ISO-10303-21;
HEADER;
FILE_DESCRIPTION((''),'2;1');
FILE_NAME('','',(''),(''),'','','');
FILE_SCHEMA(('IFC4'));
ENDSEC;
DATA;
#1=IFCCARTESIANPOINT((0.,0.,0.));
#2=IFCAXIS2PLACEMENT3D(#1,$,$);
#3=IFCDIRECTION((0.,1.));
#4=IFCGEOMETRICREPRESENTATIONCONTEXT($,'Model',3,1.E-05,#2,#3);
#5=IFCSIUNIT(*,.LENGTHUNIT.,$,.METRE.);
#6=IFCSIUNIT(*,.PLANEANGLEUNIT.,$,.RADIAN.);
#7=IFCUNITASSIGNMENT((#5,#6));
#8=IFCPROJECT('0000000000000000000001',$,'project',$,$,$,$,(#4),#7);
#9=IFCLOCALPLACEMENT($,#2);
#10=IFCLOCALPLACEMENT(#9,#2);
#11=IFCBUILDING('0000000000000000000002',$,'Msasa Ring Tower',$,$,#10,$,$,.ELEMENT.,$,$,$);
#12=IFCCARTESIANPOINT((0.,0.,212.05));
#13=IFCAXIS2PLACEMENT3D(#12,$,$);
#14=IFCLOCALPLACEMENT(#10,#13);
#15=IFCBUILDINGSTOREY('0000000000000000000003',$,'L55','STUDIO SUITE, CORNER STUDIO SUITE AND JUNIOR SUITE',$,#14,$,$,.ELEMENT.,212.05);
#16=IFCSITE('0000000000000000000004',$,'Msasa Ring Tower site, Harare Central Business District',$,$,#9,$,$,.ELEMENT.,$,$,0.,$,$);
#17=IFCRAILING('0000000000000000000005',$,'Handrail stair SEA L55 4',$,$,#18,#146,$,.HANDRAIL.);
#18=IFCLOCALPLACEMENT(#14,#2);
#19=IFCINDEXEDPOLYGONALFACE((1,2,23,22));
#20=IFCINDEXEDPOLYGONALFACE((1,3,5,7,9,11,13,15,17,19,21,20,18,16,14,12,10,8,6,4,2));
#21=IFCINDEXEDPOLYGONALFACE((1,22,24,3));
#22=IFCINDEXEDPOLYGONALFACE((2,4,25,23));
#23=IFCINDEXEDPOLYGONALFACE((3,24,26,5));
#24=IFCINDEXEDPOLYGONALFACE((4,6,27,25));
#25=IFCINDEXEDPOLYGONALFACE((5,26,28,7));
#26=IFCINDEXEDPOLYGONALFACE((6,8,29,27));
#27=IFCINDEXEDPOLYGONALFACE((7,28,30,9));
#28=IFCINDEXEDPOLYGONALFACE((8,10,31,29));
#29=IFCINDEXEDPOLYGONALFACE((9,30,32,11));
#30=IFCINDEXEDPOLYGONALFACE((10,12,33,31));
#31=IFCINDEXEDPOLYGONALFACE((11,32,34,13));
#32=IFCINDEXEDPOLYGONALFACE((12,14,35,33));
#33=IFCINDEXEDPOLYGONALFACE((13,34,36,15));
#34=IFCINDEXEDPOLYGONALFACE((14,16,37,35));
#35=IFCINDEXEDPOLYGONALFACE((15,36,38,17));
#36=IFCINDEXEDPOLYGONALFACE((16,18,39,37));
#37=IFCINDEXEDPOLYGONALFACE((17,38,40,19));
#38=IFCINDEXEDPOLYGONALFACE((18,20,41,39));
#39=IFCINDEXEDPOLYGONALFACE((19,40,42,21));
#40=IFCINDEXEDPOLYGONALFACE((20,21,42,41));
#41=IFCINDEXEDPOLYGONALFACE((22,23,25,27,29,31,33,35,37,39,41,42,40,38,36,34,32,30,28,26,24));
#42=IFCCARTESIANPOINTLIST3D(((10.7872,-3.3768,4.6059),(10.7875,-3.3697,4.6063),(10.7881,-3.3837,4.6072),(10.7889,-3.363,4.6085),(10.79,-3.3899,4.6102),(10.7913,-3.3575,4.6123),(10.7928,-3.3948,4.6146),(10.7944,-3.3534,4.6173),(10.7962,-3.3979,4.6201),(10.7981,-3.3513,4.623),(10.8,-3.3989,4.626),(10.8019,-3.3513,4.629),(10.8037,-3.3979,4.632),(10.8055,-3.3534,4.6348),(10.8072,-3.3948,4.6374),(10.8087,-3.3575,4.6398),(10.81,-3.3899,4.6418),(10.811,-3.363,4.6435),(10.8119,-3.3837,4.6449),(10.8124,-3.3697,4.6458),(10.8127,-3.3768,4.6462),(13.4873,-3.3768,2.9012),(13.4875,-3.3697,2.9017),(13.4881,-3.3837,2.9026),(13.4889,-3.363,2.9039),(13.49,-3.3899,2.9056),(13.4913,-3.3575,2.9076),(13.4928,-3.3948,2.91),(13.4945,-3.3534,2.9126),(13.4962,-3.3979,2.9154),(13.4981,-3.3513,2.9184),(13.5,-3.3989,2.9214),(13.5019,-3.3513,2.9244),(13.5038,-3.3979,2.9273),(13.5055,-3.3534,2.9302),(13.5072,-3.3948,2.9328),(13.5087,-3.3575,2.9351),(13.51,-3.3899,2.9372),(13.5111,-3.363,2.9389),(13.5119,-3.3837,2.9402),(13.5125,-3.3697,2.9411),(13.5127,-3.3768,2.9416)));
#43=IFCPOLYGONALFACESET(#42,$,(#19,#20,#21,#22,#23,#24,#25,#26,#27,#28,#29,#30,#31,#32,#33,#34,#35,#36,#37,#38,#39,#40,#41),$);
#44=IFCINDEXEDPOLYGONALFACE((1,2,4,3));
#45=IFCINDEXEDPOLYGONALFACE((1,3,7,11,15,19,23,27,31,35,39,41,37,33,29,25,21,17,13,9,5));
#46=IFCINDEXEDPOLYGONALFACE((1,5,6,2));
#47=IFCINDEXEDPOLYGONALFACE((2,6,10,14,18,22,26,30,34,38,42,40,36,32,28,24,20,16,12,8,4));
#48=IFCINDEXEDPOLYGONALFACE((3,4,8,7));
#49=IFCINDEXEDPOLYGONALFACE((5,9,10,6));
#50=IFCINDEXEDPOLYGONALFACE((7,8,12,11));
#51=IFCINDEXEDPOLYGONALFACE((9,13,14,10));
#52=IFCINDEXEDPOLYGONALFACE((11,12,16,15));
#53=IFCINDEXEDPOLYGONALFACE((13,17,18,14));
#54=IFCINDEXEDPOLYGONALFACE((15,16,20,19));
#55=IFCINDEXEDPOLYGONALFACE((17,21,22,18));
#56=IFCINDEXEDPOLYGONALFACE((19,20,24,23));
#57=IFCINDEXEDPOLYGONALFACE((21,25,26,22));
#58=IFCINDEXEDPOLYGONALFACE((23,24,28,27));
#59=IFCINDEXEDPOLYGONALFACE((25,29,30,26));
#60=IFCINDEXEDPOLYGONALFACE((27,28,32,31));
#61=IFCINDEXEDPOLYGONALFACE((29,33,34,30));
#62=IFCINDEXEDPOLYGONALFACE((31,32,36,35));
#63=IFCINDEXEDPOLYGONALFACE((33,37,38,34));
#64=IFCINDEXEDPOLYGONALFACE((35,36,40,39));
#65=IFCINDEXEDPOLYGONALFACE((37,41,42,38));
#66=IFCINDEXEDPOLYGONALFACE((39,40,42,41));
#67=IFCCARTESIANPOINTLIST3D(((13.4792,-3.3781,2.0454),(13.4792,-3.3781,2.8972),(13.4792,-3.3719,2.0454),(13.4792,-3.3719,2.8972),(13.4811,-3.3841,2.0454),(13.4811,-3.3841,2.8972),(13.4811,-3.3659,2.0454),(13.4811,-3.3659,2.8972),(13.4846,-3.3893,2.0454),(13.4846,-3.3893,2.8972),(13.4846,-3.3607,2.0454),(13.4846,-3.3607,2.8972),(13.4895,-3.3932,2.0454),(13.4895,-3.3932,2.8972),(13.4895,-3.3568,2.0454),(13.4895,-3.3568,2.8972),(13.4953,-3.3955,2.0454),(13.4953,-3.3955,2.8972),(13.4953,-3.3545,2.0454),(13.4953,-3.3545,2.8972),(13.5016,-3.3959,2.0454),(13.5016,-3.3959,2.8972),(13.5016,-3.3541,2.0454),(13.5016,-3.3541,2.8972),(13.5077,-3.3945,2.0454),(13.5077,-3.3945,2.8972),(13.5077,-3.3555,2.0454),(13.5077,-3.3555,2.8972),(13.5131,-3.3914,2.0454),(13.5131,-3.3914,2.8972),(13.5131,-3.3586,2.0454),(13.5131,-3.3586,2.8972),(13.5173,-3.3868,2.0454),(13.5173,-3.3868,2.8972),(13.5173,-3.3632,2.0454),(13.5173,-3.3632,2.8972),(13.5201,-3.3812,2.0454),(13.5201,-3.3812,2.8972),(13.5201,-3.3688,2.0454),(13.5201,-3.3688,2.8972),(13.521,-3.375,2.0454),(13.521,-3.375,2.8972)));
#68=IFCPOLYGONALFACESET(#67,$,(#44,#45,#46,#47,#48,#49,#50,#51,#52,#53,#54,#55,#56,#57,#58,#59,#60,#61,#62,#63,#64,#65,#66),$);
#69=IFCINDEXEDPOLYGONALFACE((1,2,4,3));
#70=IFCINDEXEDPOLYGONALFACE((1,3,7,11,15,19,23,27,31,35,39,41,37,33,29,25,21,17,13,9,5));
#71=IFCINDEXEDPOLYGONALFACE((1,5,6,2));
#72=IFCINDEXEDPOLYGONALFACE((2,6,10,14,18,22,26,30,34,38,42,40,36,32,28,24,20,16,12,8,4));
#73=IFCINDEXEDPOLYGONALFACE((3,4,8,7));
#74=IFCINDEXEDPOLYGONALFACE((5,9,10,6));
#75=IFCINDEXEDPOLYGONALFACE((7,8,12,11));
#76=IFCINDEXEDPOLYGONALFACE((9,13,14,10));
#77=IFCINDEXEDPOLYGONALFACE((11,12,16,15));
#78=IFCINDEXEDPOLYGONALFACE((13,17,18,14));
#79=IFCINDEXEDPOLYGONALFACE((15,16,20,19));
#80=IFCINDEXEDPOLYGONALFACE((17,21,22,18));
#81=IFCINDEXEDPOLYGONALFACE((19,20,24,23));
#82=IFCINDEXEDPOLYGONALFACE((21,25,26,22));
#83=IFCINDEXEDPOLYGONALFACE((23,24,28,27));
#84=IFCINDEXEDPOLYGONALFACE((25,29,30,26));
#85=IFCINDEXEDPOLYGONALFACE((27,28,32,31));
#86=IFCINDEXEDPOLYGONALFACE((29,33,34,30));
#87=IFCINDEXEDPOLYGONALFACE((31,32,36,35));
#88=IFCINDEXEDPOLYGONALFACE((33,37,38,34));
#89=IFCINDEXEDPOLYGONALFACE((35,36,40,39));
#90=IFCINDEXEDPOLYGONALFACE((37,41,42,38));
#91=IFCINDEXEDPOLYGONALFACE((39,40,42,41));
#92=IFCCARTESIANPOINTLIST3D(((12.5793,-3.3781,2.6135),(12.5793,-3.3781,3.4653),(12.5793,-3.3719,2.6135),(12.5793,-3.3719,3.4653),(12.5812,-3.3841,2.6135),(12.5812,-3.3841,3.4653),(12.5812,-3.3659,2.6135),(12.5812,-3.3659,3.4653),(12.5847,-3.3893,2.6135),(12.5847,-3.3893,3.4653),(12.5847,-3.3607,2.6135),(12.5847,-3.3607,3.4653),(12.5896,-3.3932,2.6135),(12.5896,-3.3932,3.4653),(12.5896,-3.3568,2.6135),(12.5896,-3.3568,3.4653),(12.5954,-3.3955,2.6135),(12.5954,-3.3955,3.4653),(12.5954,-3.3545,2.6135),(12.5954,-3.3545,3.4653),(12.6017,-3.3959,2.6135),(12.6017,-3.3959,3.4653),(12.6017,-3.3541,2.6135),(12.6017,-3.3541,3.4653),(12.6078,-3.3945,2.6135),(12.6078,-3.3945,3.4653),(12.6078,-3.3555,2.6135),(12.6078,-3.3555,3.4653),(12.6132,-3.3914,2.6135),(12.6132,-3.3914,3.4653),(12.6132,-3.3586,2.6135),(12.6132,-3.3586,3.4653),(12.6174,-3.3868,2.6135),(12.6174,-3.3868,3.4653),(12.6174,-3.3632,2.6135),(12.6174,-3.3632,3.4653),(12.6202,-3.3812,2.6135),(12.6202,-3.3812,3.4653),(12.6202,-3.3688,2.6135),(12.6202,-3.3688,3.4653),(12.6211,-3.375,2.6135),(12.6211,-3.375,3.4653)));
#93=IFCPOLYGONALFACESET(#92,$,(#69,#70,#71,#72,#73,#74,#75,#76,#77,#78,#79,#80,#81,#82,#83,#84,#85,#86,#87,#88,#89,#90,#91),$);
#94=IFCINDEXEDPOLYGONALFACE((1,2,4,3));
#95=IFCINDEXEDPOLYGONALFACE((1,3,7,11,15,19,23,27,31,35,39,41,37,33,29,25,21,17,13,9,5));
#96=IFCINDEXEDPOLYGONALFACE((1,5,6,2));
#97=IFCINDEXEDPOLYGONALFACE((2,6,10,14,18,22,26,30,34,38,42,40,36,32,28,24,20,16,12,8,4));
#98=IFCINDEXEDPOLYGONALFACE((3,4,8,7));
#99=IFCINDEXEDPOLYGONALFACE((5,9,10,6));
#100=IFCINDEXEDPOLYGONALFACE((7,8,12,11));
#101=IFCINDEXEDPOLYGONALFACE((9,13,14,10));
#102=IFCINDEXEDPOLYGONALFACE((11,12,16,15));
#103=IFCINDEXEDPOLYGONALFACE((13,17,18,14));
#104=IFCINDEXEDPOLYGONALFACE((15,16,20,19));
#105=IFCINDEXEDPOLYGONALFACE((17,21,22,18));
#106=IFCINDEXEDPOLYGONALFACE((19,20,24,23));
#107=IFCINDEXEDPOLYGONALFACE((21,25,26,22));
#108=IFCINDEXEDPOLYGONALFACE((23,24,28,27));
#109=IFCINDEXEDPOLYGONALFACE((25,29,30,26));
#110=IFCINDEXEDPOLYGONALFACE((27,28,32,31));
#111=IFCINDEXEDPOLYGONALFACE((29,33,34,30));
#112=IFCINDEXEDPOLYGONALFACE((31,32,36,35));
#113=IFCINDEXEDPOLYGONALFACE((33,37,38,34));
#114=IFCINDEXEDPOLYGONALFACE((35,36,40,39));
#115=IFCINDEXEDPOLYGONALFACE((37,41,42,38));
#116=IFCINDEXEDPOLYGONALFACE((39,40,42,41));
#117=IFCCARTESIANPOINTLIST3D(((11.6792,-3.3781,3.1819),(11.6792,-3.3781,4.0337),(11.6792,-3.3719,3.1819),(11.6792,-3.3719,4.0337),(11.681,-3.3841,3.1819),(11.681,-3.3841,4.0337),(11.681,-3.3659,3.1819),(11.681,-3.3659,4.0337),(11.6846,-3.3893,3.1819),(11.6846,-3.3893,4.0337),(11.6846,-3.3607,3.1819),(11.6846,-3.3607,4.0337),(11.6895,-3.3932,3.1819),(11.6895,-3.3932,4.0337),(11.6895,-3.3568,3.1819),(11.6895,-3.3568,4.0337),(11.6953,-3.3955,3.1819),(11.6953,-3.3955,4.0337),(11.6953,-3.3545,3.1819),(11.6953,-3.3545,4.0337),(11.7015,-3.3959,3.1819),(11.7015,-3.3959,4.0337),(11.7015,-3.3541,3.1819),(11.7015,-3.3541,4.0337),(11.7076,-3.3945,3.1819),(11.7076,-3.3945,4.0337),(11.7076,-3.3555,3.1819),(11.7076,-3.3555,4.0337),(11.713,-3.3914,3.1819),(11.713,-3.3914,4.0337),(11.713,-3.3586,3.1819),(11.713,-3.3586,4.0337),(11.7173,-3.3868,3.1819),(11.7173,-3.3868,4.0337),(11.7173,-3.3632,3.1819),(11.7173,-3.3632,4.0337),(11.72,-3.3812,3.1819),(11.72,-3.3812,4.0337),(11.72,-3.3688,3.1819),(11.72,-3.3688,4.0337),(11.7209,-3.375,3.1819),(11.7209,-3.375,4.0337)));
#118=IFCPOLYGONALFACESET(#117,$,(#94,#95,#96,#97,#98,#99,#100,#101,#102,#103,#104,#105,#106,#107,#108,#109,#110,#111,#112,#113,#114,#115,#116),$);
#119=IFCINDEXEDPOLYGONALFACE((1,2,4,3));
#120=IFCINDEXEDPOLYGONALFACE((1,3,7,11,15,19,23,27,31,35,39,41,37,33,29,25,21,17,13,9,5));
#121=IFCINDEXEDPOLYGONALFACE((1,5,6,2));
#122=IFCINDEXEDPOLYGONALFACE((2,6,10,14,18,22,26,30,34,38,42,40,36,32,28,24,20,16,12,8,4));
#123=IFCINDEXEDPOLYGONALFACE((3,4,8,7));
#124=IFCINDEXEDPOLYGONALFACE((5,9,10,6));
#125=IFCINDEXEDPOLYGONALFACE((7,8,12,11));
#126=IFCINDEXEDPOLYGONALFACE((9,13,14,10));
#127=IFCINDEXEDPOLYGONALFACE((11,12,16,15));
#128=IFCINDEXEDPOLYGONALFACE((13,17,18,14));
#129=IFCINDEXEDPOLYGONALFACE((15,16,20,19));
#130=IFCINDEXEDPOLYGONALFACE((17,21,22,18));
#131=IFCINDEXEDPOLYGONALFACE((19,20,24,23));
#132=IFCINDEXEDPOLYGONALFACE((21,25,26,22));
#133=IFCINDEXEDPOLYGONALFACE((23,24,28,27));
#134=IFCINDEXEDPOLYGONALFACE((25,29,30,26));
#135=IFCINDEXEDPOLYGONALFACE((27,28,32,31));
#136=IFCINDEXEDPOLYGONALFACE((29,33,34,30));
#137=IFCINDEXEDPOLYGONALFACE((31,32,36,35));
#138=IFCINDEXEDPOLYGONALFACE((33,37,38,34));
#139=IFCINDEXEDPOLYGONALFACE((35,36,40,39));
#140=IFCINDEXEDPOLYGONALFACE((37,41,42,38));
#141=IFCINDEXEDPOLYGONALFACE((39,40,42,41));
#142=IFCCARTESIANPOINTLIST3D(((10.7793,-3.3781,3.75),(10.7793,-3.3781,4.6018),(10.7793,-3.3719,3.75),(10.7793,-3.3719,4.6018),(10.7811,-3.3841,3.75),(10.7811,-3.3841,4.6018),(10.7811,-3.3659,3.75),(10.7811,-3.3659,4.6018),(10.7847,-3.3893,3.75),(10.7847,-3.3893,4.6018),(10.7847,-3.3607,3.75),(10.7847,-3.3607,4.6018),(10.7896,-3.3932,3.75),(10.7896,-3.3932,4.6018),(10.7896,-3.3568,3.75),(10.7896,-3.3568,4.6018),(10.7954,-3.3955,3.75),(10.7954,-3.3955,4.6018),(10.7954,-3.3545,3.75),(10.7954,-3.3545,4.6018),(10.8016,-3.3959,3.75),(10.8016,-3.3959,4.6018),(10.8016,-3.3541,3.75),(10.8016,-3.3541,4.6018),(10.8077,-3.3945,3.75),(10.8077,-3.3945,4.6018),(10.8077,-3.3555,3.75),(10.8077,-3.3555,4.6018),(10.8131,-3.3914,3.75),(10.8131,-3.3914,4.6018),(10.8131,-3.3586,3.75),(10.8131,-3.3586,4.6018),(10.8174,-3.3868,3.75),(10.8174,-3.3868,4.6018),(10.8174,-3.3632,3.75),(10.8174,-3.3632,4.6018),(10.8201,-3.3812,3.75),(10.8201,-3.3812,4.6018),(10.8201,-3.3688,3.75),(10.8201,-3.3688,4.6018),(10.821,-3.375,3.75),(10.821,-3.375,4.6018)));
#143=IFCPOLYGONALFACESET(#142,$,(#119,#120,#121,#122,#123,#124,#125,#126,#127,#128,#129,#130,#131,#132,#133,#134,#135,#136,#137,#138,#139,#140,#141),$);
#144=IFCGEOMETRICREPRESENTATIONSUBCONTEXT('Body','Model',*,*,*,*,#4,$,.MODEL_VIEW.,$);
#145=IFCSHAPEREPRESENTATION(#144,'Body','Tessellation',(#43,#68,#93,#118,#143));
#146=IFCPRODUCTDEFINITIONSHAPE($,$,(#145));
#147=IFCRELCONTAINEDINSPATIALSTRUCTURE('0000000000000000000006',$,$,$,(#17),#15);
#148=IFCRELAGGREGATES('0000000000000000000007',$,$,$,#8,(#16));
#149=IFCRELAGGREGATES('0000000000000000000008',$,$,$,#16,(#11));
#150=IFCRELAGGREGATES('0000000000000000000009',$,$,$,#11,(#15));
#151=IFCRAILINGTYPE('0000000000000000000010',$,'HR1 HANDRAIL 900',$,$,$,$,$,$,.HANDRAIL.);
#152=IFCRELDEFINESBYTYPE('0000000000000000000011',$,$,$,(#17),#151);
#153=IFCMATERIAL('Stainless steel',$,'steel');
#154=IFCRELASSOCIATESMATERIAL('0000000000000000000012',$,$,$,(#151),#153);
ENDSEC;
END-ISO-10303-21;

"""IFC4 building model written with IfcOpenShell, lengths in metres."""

from ifc_helpers import new_model, si_unit, direction, frame, origin, origin_2d, place, context, subcontext, project, spatial, circle, extrude, material, type_object, element, save


model = new_model("IFC4")

# Units and contexts
model_context = context("Model", 3, precision=1e-05, world=origin(), true_north=direction((0.0, 1.0)))
body_context = subcontext(model_context, "Body", "Model", "MODEL_VIEW")
ifc_project = project(units=[si_unit("LENGTHUNIT", "METRE"), si_unit("PLANEANGLEUNIT", "RADIAN")], contexts=[model_context])

# Site, building, storey
site_placement = place(None, origin())
site = spatial("IfcSite", under=ifc_project, at=site_placement, Name="Msasa Ring Tower site, Harare Central Business District", CompositionType="ELEMENT", RefElevation=0.0)
building_placement = place(site_placement, origin())
building = spatial("IfcBuilding", under=site, at=building_placement, Name="Msasa Ring Tower", CompositionType="ELEMENT")
storey_placement = place(building_placement, frame((0.0, 0.0, 212.05)))
storey = spatial("IfcBuildingStorey", under=building, at=storey_placement, Name="L55", Description="STUDIO SUITE, CORNER STUDIO SUITE AND JUNIOR SUITE", CompositionType="ELEMENT", Elevation=212.05)

# Railing
ifc_material_1 = material(Name="Stainless steel", Category="steel")
railing_type = type_object("IfcRailingType", Name="HR1 HANDRAIL 900", PredefinedType="HANDRAIL", material=ifc_material_1)
for number, where, name in (
    (1, (13.5, -3.375, 2.0454), "Handrail stair SEA L55 4"),
):
    element("IfcRailing", number, at=place(storey_placement, frame(where)), inside=storey, type_object=railing_type, Name=name, PredefinedType="HANDRAIL", context=body_context, shape_type="SweptSolid", body=[
        extrude(circle(Radius=0.0239, at=origin_2d()), frame((0.0, 0.0, 0.876), z_axis=(-0.84558, 0.0, 0.533849), x_axis=(0.0, -1.0, 0.0)), (0.0, 0.0, 1.0), 3.1931),
        extrude(circle(Radius=0.021, at=origin_2d()), origin(), (0.0, 0.0, 1.0), 0.8518),
        extrude(circle(Radius=0.021, at=origin_2d()), frame((-0.8999, 0.0, 0.5681)), (0.0, 0.0, 1.0), 0.8518),
        extrude(circle(Radius=0.021, at=origin_2d()), frame((-1.8, 0.0, 1.1365)), (0.0, 0.0, 1.0), 0.8518),
        extrude(circle(Radius=0.021, at=origin_2d()), frame((-2.7, 0.0, 1.7046)), (0.0, 0.0, 1.0), 0.8518),
    ])

save(model, "model.ifc")
